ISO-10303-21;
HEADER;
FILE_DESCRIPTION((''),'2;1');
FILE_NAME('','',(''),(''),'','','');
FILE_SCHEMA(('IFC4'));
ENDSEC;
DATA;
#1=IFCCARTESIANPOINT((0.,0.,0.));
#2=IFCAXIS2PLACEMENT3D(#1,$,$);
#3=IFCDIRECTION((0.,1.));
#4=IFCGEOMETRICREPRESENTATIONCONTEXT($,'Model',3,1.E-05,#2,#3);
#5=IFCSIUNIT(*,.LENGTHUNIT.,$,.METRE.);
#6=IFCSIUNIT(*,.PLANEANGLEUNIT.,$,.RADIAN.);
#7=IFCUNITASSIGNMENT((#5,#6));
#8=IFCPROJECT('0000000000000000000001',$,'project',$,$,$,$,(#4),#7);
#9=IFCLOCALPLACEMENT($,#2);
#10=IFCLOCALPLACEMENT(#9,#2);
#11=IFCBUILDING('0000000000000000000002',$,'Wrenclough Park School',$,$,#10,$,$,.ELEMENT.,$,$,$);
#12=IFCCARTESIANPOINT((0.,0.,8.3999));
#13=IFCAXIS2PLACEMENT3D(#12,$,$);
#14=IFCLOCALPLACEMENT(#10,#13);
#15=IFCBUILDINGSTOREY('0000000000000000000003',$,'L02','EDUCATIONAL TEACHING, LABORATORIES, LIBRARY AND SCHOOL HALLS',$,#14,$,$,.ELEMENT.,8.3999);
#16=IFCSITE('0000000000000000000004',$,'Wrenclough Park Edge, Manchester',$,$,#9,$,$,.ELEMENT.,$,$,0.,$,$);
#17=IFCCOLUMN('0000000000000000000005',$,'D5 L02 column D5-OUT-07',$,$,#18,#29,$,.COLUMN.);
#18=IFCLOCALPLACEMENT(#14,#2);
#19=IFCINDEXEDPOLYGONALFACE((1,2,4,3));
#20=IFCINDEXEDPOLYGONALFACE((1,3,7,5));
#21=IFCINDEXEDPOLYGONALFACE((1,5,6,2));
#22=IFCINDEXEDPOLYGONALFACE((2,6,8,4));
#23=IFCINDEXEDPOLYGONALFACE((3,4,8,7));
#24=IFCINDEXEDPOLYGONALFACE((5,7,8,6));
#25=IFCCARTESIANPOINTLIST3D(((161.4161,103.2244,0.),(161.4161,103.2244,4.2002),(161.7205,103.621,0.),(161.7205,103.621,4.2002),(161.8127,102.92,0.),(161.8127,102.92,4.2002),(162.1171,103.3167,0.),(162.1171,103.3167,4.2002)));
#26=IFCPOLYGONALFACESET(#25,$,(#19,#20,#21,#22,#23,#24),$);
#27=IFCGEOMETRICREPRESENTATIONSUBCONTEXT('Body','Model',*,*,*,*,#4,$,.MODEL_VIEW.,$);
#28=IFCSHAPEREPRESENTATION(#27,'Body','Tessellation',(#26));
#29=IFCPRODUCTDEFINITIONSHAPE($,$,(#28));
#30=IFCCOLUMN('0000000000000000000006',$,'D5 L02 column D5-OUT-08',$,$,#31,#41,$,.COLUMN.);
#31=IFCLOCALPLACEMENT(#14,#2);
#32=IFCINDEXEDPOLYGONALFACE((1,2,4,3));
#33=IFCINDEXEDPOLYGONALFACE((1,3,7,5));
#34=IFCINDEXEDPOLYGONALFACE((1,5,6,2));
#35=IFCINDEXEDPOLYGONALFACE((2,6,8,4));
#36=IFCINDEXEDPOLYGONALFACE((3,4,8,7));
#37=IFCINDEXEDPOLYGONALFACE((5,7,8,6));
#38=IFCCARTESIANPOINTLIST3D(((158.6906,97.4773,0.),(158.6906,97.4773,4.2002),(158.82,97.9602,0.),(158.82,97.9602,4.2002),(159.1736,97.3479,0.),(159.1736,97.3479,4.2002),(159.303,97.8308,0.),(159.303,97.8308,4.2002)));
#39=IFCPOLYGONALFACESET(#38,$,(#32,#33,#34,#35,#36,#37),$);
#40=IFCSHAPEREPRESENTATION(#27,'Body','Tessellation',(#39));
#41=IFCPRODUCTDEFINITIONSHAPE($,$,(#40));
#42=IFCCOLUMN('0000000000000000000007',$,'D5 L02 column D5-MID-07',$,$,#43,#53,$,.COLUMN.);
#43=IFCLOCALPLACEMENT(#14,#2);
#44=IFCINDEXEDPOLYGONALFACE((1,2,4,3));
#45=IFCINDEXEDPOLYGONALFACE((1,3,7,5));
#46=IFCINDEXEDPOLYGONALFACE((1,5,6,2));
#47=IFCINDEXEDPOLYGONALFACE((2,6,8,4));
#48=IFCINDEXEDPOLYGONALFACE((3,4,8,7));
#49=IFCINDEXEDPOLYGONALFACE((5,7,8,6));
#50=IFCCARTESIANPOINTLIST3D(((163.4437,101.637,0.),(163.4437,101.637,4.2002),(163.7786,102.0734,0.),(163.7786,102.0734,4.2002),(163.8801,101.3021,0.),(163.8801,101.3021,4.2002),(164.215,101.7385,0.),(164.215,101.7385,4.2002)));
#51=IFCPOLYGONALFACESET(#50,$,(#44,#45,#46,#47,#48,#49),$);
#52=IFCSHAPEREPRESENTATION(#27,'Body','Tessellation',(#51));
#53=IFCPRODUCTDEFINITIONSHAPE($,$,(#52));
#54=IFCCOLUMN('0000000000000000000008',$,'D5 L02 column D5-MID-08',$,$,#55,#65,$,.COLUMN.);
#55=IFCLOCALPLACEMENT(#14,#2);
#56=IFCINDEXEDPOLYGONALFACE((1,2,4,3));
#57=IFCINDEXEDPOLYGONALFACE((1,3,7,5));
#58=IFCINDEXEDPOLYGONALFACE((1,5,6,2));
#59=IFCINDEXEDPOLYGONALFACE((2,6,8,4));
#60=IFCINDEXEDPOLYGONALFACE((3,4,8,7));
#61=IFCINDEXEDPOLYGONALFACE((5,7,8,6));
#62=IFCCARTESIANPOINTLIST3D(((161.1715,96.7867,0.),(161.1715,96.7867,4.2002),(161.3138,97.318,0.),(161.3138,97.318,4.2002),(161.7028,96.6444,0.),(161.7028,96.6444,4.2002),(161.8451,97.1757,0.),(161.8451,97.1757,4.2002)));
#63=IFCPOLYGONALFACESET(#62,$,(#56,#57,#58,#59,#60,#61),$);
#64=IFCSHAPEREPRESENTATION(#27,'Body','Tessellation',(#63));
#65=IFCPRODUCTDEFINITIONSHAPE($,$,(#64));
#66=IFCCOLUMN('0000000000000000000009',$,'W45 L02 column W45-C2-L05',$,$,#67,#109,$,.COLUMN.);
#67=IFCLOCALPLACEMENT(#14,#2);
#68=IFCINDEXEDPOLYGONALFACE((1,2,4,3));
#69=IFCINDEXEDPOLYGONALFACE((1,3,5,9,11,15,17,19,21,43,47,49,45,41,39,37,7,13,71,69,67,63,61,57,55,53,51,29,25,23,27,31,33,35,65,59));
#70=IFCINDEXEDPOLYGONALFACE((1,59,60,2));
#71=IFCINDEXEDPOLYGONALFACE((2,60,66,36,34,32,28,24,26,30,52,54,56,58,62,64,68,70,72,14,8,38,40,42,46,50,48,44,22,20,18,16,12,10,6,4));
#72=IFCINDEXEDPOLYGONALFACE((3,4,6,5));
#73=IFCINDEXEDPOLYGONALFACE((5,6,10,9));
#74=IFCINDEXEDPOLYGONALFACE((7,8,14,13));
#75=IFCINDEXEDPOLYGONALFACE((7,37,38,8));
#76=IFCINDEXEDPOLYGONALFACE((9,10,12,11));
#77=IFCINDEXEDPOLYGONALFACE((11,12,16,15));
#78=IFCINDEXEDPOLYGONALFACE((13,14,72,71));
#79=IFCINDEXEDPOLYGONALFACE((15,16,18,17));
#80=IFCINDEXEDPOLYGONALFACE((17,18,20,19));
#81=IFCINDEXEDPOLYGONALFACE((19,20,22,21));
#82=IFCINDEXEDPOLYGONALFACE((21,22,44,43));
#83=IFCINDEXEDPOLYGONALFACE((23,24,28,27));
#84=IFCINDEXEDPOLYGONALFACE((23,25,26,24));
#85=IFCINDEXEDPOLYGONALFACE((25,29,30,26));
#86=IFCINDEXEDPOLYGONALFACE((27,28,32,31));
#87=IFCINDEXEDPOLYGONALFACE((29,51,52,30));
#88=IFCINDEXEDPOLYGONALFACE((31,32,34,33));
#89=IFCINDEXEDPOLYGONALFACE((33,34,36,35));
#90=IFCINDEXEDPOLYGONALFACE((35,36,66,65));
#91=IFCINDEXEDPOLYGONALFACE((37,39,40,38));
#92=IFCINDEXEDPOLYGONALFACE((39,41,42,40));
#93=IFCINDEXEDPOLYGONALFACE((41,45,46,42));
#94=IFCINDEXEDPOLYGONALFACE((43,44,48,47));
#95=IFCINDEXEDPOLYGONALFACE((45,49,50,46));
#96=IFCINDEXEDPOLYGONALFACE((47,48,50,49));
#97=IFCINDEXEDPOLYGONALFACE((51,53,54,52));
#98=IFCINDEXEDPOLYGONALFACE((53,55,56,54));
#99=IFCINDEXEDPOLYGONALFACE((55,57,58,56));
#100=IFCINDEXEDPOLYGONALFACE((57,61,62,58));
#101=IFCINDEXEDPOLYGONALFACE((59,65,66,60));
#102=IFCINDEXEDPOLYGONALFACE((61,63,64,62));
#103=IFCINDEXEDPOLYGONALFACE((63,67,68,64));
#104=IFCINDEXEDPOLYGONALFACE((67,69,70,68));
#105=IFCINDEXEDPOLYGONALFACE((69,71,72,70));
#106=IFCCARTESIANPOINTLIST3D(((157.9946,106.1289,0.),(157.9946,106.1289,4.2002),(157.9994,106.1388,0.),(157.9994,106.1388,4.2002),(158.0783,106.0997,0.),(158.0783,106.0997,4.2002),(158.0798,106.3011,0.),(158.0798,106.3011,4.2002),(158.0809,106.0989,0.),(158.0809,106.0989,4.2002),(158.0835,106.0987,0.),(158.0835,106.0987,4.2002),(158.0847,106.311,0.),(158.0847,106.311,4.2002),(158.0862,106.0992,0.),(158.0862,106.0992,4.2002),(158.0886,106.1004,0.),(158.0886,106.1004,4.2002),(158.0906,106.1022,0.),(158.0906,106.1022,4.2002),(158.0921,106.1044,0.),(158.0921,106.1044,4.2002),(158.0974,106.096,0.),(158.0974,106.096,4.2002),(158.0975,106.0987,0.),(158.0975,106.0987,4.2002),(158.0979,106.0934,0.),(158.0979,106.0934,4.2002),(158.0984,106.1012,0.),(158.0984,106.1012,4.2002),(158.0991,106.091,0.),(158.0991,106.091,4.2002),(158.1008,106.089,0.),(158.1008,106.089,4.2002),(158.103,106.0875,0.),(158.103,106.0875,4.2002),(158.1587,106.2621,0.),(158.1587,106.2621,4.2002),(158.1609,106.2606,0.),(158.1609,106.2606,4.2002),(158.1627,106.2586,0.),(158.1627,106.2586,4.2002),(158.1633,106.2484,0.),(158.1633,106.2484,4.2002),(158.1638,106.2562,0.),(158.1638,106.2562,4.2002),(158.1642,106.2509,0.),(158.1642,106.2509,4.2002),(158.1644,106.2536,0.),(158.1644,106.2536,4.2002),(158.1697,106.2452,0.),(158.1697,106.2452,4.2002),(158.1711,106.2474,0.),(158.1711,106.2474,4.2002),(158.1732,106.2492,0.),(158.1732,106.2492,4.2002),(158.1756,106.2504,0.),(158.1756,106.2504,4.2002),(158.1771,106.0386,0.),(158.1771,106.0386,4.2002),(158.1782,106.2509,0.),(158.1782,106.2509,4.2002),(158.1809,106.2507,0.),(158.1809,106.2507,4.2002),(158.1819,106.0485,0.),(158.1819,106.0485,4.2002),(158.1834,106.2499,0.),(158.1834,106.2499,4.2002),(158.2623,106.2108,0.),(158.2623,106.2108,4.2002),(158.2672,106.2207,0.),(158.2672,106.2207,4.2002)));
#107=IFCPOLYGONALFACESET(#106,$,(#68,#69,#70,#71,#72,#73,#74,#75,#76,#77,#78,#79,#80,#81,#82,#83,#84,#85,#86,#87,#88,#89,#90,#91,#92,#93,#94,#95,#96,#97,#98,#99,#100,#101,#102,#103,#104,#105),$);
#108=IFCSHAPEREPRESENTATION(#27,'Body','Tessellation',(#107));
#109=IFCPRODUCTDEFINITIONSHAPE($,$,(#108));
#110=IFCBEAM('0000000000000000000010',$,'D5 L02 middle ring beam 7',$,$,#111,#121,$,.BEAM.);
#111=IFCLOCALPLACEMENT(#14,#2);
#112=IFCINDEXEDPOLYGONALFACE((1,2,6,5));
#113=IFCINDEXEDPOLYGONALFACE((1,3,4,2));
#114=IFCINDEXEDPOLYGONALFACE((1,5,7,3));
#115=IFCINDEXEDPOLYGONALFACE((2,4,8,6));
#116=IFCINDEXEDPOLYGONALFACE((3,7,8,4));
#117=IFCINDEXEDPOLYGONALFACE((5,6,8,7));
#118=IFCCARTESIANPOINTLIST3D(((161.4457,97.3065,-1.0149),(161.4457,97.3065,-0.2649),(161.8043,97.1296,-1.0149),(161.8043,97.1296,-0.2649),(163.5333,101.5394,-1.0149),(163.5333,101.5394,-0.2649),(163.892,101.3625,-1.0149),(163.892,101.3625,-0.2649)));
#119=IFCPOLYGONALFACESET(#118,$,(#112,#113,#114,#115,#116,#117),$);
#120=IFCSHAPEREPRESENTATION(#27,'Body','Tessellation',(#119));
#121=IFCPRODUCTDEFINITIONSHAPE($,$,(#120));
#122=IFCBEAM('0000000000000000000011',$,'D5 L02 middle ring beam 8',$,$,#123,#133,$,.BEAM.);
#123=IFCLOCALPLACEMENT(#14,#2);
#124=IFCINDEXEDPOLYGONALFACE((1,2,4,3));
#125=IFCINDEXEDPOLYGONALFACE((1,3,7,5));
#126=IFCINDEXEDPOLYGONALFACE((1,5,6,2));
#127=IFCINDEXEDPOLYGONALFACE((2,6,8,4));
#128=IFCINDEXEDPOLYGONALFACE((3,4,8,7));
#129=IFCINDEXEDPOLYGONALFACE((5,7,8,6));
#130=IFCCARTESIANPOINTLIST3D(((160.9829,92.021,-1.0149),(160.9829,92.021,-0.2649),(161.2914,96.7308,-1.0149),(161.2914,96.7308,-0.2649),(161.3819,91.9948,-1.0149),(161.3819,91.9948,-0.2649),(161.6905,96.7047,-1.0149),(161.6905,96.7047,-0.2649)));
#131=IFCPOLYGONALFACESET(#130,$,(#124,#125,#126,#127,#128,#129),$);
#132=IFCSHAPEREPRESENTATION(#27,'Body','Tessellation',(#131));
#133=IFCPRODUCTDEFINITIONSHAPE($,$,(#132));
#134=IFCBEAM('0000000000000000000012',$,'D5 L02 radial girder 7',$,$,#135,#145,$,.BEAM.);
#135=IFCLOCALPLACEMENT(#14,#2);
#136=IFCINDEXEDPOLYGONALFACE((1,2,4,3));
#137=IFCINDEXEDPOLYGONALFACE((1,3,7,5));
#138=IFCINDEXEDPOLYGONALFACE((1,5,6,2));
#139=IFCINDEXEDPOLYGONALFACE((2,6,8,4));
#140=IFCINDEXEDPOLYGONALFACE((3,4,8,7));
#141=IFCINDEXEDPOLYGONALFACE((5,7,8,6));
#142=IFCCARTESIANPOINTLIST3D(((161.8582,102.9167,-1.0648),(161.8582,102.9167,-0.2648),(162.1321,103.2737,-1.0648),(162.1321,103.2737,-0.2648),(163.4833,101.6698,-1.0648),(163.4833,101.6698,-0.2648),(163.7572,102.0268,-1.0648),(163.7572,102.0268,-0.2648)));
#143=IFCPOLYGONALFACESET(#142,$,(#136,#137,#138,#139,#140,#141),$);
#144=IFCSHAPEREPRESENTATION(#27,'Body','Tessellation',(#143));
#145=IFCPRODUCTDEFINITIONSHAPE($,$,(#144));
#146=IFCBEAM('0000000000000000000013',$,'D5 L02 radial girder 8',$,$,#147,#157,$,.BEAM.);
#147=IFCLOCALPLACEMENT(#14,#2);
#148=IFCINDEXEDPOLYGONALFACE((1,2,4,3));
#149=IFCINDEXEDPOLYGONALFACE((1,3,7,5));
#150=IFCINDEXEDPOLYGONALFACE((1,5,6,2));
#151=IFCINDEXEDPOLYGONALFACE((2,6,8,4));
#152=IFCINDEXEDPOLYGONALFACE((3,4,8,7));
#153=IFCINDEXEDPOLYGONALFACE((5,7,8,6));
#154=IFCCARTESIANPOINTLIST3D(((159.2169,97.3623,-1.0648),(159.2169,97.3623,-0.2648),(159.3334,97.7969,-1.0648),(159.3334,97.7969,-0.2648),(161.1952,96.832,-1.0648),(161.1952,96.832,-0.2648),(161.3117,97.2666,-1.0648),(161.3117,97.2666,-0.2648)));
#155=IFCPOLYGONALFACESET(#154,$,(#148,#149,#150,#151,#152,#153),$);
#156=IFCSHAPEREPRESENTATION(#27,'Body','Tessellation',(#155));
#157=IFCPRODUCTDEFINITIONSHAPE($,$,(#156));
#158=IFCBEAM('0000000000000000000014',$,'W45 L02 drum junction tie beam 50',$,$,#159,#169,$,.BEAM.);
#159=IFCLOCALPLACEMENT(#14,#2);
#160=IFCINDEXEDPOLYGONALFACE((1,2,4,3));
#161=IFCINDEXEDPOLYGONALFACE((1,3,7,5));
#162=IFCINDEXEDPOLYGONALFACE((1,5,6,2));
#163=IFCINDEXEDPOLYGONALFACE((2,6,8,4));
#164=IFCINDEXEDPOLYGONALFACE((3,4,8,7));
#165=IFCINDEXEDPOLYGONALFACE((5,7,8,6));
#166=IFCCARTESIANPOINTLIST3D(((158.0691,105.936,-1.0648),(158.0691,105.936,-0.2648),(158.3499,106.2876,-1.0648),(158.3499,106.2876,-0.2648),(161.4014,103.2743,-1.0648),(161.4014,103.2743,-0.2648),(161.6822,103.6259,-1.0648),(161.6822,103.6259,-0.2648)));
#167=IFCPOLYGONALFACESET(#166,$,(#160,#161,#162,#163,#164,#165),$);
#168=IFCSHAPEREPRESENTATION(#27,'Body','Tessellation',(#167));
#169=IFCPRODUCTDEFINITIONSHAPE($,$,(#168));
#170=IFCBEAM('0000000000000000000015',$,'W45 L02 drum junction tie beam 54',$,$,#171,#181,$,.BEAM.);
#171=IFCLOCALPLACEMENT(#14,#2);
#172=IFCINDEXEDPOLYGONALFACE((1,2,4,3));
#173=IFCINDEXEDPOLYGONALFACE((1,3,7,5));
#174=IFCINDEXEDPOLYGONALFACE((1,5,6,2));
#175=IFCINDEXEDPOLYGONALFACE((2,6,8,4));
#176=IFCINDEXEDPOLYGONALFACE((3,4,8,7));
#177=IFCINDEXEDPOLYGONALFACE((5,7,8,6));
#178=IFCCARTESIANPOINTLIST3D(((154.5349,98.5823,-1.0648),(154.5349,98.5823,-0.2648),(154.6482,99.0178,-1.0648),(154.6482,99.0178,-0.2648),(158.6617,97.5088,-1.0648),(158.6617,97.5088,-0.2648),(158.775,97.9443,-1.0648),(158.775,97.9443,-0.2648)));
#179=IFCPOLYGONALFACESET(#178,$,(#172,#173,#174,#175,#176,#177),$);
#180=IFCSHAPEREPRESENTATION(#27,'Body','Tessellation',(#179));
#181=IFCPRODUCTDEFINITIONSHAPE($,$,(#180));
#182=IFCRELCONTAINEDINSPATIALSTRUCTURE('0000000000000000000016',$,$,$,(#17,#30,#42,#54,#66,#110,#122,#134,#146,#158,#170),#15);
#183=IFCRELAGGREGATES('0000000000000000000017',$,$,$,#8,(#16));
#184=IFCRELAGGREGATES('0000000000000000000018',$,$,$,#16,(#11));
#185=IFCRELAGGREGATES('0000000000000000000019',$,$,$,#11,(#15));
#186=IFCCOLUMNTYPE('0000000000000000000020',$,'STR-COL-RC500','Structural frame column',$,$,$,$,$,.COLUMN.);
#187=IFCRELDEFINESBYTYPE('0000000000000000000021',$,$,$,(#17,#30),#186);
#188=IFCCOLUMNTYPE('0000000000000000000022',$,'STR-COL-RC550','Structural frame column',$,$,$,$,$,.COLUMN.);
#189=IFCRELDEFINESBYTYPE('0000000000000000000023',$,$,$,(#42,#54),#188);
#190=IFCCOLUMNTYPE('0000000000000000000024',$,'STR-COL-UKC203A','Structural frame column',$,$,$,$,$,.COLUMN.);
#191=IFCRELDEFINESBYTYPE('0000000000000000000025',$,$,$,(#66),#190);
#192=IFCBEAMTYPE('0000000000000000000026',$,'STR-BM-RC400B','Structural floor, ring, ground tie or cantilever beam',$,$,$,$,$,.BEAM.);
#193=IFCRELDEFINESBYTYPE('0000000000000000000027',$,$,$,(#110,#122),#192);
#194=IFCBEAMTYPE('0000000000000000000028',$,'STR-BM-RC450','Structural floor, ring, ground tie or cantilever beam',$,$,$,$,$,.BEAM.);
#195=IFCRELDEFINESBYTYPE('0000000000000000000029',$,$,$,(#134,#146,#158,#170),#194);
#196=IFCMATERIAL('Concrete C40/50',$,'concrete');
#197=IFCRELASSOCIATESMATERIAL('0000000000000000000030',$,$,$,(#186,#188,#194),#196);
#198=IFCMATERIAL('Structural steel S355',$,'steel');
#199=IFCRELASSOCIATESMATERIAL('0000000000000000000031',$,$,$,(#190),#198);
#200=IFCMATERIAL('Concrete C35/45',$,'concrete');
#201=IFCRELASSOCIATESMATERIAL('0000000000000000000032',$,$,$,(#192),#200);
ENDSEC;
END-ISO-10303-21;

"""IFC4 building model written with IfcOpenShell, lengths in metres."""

from ifc_helpers import new_model, si_unit, direction, frame, origin, origin_2d, place, context, subcontext, project, spatial, rectangle, i_section, extrude, material, material_profile, profile_set, type_object, element, save


model = new_model("IFC4")

# Units and contexts
model_context = context("Model", 3, precision=1e-05, world=origin(), true_north=direction((0.0, 1.0)))
body_context = subcontext(model_context, "Body", "Model", "MODEL_VIEW")
ifc_project = project(units=[si_unit("LENGTHUNIT", "METRE"), si_unit("PLANEANGLEUNIT", "RADIAN")], contexts=[model_context])

# Site, building, storey
site_placement = place(None, origin())
site = spatial("IfcSite", under=ifc_project, at=site_placement, Name="Wrenclough Park Edge, Manchester", CompositionType="ELEMENT", RefElevation=0.0)
building_placement = place(site_placement, origin())
building = spatial("IfcBuilding", under=site, at=building_placement, Name="Wrenclough Park School", CompositionType="ELEMENT")
storey_placement = place(building_placement, frame((0.0, 0.0, 8.3999)))
storey = spatial("IfcBuildingStorey", under=building, at=storey_placement, Name="L02", Description="EDUCATIONAL TEACHING, LABORATORIES, LIBRARY AND SCHOOL HALLS", CompositionType="ELEMENT", Elevation=8.3999)

# Columns
ifc_material_1 = material(Name="Concrete C40/50", Category="concrete")
ifc_material_profile_1 = material_profile(ifc_material_1, rectangle(XDim=0.5, YDim=0.5, at=origin_2d()), Name="RC COL 500x500")
ifc_profile_set_1 = profile_set([ifc_material_profile_1], Name="Concrete C40/50")
column_type_1 = type_object("IfcColumnType", Name="STR-COL-RC500", Description="Structural frame column", PredefinedType="COLUMN", material=ifc_profile_set_1)
for number, where, z_axis, x_axis, name in (
    (1, (161.7666, 103.2705, 0.0), (0.0, 0.0, 1.0), (-0.608761, -0.793353, 0.0), "D5 L02 column D5-OUT-07"),
    (2, (158.9968, 97.6541, 0.0), (0.0, 0.0, 1.0), (-0.258819, -0.965926, 0.0), "D5 L02 column D5-OUT-08"),
):
    element("IfcColumn", number, at=place(storey_placement, frame(where, z_axis=z_axis, x_axis=x_axis)), inside=storey, type_object=column_type_1, Name=name, PredefinedType="COLUMN", context=body_context, shape_type="SweptSolid", body=[
        extrude(rectangle(XDim=0.5, YDim=0.5, at=origin_2d()), origin(), (0.0, 0.0, 1.0), 4.2002),
    ])
ifc_material_profile_2 = material_profile(ifc_material_1, rectangle(XDim=0.55, YDim=0.55, at=origin_2d()), Name="RC COL 550x550")
ifc_profile_set_2 = profile_set([ifc_material_profile_2], Name="Concrete C40/50")
column_type_2 = type_object("IfcColumnType", Name="STR-COL-RC550", Description="Structural frame column", PredefinedType="COLUMN", material=ifc_profile_set_2)
for number, where, z_axis, x_axis, name in (
    (3, (163.8293, 101.6877, 0.0), (0.0, 0.0, 1.0), (-0.608761, -0.793353, 0.0), "D5 L02 column D5-MID-07"),
    (4, (161.5083, 96.9812, 0.0), (0.0, 0.0, 1.0), (-0.258819, -0.965926, 0.0), "D5 L02 column D5-MID-08"),
):
    element("IfcColumn", number, at=place(storey_placement, frame(where, z_axis=z_axis, x_axis=x_axis)), inside=storey, type_object=column_type_2, Name=name, PredefinedType="COLUMN", context=body_context, shape_type="SweptSolid", body=[
        extrude(rectangle(XDim=0.55, YDim=0.55, at=origin_2d()), origin(), (0.0, 0.0, 1.0), 4.2002),
    ])
ifc_material_2 = material(Name="Structural steel S355", Category="steel")
ifc_material_profile_3 = material_profile(ifc_material_2, i_section(OverallWidth=0.2036, OverallDepth=0.2031, WebThickness=0.0071, FlangeThickness=0.011, FilletRadius=0.0103, at=origin_2d()), Name="UKC 203x203x46")
ifc_profile_set_3 = profile_set([ifc_material_profile_3], Name="Structural steel S355")
column_type_3 = type_object("IfcColumnType", Name="STR-COL-UKC203A", Description="Structural frame column", PredefinedType="COLUMN", material=ifc_profile_set_3)
column_placement = place(storey_placement, frame((158.1309, 106.1748, 0.0), z_axis=(0.0, 0.0, 1.0), x_axis=(0.896254, -0.443541, 0.0)))
element("IfcColumn", 5, at=column_placement, inside=storey, type_object=column_type_3, Name="W45 L02 column W45-C2-L05", PredefinedType="COLUMN", context=body_context, shape_type="SweptSolid", body=[
    extrude(i_section(OverallWidth=0.2036, OverallDepth=0.2031, WebThickness=0.0071, FlangeThickness=0.011, FilletRadius=0.0103, at=origin_2d()), origin(), (0.0, 0.0, 1.0), 4.2002),
])

# Beams
ifc_material_3 = material(Name="Concrete C35/45", Category="concrete")
ifc_material_profile_4 = material_profile(ifc_material_3, rectangle(XDim=0.3999, YDim=0.75, at=origin_2d()), Name="RC BEAM 400x750")
ifc_profile_set_4 = profile_set([ifc_material_profile_4], Name="Concrete C35/45")
beam_type_1 = type_object("IfcBeamType", Name="STR-BM-RC400B", Description="Structural floor, ring, ground tie or cantilever beam", PredefinedType="BEAM", material=ifc_profile_set_4)
beam_1_placement = place(storey_placement, frame((163.7126, 101.4509, -0.6399), z_axis=(-0.442324, -0.896855, 0.0), x_axis=(0.896855, -0.442324, 0.0)))
element("IfcBeam", 6, at=beam_1_placement, inside=storey, type_object=beam_type_1, Name="D5 L02 middle ring beam 7", PredefinedType="BEAM", context=body_context, shape_type="SweptSolid", body=[
    extrude(rectangle(XDim=0.3999, YDim=0.75, at=origin_2d()), origin(), (0.0, 0.0, 1.0), 4.7197),
])
beam_2_placement = place(storey_placement, frame((161.491, 96.7178, -0.6399), z_axis=(-0.065379, -0.99786, 0.0), x_axis=(0.99786, -0.065379, 0.0)))
element("IfcBeam", 7, at=beam_2_placement, inside=storey, type_object=beam_type_1, Name="D5 L02 middle ring beam 8", PredefinedType="BEAM", context=body_context, shape_type="SweptSolid", body=[
    extrude(rectangle(XDim=0.3999, YDim=0.75, at=origin_2d()), origin(), (0.0, 0.0, 1.0), 4.72),
])
ifc_material_profile_5 = material_profile(ifc_material_1, rectangle(XDim=0.45, YDim=0.8, at=origin_2d()), Name="RC BEAM 450x800")
ifc_profile_set_5 = profile_set([ifc_material_profile_5], Name="Concrete C40/50")
beam_type_2 = type_object("IfcBeamType", Name="STR-BM-RC450", Description="Structural floor, ring, ground tie or cantilever beam", PredefinedType="BEAM", material=ifc_profile_set_5)
beam_3_placement = place(storey_placement, frame((161.9951, 103.0952, -0.6648), z_axis=(0.793372, -0.608737, 0.0), x_axis=(0.608737, 0.793372, 0.0)))
element("IfcBeam", 8, at=beam_3_placement, inside=storey, type_object=beam_type_2, Name="D5 L02 radial girder 7", PredefinedType="BEAM", context=body_context, shape_type="SweptSolid", body=[
    extrude(rectangle(XDim=0.45, YDim=0.8, at=origin_2d()), origin(), (0.0, 0.0, 1.0), 2.0483),
])
beam_4_placement = place(storey_placement, frame((159.2751, 97.5796, -0.6648), z_axis=(0.965902, -0.258909, 0.0), x_axis=(0.258909, 0.965902, 0.0)))
element("IfcBeam", 9, at=beam_4_placement, inside=storey, type_object=beam_type_2, Name="D5 L02 radial girder 8", PredefinedType="BEAM", context=body_context, shape_type="SweptSolid", body=[
    extrude(rectangle(XDim=0.45, YDim=0.8, at=origin_2d()), origin(), (0.0, 0.0, 1.0), 2.0481),
])
beam_5_placement = place(storey_placement, frame((158.2095, 106.1118, -0.6648), z_axis=(0.781349, -0.624094, 0.0), x_axis=(0.624094, 0.781349, 0.0)))
element("IfcBeam", 10, at=beam_5_placement, inside=storey, type_object=beam_type_2, Name="W45 L02 drum junction tie beam 50", PredefinedType="BEAM", context=body_context, shape_type="SweptSolid", body=[
    extrude(rectangle(XDim=0.45, YDim=0.8, at=origin_2d()), origin(), (0.0, 0.0, 1.0), 4.2649),
])
beam_6_placement = place(storey_placement, frame((154.5916, 98.8, -0.6648), z_axis=(0.967792, -0.251753, 0.0), x_axis=(0.251753, 0.967792, 0.0)))
element("IfcBeam", 11, at=beam_6_placement, inside=storey, type_object=beam_type_2, Name="W45 L02 drum junction tie beam 54", PredefinedType="BEAM", context=body_context, shape_type="SweptSolid", body=[
    extrude(rectangle(XDim=0.45, YDim=0.8, at=origin_2d()), origin(), (0.0, 0.0, 1.0), 4.2642),
])

save(model, "model.ifc")
